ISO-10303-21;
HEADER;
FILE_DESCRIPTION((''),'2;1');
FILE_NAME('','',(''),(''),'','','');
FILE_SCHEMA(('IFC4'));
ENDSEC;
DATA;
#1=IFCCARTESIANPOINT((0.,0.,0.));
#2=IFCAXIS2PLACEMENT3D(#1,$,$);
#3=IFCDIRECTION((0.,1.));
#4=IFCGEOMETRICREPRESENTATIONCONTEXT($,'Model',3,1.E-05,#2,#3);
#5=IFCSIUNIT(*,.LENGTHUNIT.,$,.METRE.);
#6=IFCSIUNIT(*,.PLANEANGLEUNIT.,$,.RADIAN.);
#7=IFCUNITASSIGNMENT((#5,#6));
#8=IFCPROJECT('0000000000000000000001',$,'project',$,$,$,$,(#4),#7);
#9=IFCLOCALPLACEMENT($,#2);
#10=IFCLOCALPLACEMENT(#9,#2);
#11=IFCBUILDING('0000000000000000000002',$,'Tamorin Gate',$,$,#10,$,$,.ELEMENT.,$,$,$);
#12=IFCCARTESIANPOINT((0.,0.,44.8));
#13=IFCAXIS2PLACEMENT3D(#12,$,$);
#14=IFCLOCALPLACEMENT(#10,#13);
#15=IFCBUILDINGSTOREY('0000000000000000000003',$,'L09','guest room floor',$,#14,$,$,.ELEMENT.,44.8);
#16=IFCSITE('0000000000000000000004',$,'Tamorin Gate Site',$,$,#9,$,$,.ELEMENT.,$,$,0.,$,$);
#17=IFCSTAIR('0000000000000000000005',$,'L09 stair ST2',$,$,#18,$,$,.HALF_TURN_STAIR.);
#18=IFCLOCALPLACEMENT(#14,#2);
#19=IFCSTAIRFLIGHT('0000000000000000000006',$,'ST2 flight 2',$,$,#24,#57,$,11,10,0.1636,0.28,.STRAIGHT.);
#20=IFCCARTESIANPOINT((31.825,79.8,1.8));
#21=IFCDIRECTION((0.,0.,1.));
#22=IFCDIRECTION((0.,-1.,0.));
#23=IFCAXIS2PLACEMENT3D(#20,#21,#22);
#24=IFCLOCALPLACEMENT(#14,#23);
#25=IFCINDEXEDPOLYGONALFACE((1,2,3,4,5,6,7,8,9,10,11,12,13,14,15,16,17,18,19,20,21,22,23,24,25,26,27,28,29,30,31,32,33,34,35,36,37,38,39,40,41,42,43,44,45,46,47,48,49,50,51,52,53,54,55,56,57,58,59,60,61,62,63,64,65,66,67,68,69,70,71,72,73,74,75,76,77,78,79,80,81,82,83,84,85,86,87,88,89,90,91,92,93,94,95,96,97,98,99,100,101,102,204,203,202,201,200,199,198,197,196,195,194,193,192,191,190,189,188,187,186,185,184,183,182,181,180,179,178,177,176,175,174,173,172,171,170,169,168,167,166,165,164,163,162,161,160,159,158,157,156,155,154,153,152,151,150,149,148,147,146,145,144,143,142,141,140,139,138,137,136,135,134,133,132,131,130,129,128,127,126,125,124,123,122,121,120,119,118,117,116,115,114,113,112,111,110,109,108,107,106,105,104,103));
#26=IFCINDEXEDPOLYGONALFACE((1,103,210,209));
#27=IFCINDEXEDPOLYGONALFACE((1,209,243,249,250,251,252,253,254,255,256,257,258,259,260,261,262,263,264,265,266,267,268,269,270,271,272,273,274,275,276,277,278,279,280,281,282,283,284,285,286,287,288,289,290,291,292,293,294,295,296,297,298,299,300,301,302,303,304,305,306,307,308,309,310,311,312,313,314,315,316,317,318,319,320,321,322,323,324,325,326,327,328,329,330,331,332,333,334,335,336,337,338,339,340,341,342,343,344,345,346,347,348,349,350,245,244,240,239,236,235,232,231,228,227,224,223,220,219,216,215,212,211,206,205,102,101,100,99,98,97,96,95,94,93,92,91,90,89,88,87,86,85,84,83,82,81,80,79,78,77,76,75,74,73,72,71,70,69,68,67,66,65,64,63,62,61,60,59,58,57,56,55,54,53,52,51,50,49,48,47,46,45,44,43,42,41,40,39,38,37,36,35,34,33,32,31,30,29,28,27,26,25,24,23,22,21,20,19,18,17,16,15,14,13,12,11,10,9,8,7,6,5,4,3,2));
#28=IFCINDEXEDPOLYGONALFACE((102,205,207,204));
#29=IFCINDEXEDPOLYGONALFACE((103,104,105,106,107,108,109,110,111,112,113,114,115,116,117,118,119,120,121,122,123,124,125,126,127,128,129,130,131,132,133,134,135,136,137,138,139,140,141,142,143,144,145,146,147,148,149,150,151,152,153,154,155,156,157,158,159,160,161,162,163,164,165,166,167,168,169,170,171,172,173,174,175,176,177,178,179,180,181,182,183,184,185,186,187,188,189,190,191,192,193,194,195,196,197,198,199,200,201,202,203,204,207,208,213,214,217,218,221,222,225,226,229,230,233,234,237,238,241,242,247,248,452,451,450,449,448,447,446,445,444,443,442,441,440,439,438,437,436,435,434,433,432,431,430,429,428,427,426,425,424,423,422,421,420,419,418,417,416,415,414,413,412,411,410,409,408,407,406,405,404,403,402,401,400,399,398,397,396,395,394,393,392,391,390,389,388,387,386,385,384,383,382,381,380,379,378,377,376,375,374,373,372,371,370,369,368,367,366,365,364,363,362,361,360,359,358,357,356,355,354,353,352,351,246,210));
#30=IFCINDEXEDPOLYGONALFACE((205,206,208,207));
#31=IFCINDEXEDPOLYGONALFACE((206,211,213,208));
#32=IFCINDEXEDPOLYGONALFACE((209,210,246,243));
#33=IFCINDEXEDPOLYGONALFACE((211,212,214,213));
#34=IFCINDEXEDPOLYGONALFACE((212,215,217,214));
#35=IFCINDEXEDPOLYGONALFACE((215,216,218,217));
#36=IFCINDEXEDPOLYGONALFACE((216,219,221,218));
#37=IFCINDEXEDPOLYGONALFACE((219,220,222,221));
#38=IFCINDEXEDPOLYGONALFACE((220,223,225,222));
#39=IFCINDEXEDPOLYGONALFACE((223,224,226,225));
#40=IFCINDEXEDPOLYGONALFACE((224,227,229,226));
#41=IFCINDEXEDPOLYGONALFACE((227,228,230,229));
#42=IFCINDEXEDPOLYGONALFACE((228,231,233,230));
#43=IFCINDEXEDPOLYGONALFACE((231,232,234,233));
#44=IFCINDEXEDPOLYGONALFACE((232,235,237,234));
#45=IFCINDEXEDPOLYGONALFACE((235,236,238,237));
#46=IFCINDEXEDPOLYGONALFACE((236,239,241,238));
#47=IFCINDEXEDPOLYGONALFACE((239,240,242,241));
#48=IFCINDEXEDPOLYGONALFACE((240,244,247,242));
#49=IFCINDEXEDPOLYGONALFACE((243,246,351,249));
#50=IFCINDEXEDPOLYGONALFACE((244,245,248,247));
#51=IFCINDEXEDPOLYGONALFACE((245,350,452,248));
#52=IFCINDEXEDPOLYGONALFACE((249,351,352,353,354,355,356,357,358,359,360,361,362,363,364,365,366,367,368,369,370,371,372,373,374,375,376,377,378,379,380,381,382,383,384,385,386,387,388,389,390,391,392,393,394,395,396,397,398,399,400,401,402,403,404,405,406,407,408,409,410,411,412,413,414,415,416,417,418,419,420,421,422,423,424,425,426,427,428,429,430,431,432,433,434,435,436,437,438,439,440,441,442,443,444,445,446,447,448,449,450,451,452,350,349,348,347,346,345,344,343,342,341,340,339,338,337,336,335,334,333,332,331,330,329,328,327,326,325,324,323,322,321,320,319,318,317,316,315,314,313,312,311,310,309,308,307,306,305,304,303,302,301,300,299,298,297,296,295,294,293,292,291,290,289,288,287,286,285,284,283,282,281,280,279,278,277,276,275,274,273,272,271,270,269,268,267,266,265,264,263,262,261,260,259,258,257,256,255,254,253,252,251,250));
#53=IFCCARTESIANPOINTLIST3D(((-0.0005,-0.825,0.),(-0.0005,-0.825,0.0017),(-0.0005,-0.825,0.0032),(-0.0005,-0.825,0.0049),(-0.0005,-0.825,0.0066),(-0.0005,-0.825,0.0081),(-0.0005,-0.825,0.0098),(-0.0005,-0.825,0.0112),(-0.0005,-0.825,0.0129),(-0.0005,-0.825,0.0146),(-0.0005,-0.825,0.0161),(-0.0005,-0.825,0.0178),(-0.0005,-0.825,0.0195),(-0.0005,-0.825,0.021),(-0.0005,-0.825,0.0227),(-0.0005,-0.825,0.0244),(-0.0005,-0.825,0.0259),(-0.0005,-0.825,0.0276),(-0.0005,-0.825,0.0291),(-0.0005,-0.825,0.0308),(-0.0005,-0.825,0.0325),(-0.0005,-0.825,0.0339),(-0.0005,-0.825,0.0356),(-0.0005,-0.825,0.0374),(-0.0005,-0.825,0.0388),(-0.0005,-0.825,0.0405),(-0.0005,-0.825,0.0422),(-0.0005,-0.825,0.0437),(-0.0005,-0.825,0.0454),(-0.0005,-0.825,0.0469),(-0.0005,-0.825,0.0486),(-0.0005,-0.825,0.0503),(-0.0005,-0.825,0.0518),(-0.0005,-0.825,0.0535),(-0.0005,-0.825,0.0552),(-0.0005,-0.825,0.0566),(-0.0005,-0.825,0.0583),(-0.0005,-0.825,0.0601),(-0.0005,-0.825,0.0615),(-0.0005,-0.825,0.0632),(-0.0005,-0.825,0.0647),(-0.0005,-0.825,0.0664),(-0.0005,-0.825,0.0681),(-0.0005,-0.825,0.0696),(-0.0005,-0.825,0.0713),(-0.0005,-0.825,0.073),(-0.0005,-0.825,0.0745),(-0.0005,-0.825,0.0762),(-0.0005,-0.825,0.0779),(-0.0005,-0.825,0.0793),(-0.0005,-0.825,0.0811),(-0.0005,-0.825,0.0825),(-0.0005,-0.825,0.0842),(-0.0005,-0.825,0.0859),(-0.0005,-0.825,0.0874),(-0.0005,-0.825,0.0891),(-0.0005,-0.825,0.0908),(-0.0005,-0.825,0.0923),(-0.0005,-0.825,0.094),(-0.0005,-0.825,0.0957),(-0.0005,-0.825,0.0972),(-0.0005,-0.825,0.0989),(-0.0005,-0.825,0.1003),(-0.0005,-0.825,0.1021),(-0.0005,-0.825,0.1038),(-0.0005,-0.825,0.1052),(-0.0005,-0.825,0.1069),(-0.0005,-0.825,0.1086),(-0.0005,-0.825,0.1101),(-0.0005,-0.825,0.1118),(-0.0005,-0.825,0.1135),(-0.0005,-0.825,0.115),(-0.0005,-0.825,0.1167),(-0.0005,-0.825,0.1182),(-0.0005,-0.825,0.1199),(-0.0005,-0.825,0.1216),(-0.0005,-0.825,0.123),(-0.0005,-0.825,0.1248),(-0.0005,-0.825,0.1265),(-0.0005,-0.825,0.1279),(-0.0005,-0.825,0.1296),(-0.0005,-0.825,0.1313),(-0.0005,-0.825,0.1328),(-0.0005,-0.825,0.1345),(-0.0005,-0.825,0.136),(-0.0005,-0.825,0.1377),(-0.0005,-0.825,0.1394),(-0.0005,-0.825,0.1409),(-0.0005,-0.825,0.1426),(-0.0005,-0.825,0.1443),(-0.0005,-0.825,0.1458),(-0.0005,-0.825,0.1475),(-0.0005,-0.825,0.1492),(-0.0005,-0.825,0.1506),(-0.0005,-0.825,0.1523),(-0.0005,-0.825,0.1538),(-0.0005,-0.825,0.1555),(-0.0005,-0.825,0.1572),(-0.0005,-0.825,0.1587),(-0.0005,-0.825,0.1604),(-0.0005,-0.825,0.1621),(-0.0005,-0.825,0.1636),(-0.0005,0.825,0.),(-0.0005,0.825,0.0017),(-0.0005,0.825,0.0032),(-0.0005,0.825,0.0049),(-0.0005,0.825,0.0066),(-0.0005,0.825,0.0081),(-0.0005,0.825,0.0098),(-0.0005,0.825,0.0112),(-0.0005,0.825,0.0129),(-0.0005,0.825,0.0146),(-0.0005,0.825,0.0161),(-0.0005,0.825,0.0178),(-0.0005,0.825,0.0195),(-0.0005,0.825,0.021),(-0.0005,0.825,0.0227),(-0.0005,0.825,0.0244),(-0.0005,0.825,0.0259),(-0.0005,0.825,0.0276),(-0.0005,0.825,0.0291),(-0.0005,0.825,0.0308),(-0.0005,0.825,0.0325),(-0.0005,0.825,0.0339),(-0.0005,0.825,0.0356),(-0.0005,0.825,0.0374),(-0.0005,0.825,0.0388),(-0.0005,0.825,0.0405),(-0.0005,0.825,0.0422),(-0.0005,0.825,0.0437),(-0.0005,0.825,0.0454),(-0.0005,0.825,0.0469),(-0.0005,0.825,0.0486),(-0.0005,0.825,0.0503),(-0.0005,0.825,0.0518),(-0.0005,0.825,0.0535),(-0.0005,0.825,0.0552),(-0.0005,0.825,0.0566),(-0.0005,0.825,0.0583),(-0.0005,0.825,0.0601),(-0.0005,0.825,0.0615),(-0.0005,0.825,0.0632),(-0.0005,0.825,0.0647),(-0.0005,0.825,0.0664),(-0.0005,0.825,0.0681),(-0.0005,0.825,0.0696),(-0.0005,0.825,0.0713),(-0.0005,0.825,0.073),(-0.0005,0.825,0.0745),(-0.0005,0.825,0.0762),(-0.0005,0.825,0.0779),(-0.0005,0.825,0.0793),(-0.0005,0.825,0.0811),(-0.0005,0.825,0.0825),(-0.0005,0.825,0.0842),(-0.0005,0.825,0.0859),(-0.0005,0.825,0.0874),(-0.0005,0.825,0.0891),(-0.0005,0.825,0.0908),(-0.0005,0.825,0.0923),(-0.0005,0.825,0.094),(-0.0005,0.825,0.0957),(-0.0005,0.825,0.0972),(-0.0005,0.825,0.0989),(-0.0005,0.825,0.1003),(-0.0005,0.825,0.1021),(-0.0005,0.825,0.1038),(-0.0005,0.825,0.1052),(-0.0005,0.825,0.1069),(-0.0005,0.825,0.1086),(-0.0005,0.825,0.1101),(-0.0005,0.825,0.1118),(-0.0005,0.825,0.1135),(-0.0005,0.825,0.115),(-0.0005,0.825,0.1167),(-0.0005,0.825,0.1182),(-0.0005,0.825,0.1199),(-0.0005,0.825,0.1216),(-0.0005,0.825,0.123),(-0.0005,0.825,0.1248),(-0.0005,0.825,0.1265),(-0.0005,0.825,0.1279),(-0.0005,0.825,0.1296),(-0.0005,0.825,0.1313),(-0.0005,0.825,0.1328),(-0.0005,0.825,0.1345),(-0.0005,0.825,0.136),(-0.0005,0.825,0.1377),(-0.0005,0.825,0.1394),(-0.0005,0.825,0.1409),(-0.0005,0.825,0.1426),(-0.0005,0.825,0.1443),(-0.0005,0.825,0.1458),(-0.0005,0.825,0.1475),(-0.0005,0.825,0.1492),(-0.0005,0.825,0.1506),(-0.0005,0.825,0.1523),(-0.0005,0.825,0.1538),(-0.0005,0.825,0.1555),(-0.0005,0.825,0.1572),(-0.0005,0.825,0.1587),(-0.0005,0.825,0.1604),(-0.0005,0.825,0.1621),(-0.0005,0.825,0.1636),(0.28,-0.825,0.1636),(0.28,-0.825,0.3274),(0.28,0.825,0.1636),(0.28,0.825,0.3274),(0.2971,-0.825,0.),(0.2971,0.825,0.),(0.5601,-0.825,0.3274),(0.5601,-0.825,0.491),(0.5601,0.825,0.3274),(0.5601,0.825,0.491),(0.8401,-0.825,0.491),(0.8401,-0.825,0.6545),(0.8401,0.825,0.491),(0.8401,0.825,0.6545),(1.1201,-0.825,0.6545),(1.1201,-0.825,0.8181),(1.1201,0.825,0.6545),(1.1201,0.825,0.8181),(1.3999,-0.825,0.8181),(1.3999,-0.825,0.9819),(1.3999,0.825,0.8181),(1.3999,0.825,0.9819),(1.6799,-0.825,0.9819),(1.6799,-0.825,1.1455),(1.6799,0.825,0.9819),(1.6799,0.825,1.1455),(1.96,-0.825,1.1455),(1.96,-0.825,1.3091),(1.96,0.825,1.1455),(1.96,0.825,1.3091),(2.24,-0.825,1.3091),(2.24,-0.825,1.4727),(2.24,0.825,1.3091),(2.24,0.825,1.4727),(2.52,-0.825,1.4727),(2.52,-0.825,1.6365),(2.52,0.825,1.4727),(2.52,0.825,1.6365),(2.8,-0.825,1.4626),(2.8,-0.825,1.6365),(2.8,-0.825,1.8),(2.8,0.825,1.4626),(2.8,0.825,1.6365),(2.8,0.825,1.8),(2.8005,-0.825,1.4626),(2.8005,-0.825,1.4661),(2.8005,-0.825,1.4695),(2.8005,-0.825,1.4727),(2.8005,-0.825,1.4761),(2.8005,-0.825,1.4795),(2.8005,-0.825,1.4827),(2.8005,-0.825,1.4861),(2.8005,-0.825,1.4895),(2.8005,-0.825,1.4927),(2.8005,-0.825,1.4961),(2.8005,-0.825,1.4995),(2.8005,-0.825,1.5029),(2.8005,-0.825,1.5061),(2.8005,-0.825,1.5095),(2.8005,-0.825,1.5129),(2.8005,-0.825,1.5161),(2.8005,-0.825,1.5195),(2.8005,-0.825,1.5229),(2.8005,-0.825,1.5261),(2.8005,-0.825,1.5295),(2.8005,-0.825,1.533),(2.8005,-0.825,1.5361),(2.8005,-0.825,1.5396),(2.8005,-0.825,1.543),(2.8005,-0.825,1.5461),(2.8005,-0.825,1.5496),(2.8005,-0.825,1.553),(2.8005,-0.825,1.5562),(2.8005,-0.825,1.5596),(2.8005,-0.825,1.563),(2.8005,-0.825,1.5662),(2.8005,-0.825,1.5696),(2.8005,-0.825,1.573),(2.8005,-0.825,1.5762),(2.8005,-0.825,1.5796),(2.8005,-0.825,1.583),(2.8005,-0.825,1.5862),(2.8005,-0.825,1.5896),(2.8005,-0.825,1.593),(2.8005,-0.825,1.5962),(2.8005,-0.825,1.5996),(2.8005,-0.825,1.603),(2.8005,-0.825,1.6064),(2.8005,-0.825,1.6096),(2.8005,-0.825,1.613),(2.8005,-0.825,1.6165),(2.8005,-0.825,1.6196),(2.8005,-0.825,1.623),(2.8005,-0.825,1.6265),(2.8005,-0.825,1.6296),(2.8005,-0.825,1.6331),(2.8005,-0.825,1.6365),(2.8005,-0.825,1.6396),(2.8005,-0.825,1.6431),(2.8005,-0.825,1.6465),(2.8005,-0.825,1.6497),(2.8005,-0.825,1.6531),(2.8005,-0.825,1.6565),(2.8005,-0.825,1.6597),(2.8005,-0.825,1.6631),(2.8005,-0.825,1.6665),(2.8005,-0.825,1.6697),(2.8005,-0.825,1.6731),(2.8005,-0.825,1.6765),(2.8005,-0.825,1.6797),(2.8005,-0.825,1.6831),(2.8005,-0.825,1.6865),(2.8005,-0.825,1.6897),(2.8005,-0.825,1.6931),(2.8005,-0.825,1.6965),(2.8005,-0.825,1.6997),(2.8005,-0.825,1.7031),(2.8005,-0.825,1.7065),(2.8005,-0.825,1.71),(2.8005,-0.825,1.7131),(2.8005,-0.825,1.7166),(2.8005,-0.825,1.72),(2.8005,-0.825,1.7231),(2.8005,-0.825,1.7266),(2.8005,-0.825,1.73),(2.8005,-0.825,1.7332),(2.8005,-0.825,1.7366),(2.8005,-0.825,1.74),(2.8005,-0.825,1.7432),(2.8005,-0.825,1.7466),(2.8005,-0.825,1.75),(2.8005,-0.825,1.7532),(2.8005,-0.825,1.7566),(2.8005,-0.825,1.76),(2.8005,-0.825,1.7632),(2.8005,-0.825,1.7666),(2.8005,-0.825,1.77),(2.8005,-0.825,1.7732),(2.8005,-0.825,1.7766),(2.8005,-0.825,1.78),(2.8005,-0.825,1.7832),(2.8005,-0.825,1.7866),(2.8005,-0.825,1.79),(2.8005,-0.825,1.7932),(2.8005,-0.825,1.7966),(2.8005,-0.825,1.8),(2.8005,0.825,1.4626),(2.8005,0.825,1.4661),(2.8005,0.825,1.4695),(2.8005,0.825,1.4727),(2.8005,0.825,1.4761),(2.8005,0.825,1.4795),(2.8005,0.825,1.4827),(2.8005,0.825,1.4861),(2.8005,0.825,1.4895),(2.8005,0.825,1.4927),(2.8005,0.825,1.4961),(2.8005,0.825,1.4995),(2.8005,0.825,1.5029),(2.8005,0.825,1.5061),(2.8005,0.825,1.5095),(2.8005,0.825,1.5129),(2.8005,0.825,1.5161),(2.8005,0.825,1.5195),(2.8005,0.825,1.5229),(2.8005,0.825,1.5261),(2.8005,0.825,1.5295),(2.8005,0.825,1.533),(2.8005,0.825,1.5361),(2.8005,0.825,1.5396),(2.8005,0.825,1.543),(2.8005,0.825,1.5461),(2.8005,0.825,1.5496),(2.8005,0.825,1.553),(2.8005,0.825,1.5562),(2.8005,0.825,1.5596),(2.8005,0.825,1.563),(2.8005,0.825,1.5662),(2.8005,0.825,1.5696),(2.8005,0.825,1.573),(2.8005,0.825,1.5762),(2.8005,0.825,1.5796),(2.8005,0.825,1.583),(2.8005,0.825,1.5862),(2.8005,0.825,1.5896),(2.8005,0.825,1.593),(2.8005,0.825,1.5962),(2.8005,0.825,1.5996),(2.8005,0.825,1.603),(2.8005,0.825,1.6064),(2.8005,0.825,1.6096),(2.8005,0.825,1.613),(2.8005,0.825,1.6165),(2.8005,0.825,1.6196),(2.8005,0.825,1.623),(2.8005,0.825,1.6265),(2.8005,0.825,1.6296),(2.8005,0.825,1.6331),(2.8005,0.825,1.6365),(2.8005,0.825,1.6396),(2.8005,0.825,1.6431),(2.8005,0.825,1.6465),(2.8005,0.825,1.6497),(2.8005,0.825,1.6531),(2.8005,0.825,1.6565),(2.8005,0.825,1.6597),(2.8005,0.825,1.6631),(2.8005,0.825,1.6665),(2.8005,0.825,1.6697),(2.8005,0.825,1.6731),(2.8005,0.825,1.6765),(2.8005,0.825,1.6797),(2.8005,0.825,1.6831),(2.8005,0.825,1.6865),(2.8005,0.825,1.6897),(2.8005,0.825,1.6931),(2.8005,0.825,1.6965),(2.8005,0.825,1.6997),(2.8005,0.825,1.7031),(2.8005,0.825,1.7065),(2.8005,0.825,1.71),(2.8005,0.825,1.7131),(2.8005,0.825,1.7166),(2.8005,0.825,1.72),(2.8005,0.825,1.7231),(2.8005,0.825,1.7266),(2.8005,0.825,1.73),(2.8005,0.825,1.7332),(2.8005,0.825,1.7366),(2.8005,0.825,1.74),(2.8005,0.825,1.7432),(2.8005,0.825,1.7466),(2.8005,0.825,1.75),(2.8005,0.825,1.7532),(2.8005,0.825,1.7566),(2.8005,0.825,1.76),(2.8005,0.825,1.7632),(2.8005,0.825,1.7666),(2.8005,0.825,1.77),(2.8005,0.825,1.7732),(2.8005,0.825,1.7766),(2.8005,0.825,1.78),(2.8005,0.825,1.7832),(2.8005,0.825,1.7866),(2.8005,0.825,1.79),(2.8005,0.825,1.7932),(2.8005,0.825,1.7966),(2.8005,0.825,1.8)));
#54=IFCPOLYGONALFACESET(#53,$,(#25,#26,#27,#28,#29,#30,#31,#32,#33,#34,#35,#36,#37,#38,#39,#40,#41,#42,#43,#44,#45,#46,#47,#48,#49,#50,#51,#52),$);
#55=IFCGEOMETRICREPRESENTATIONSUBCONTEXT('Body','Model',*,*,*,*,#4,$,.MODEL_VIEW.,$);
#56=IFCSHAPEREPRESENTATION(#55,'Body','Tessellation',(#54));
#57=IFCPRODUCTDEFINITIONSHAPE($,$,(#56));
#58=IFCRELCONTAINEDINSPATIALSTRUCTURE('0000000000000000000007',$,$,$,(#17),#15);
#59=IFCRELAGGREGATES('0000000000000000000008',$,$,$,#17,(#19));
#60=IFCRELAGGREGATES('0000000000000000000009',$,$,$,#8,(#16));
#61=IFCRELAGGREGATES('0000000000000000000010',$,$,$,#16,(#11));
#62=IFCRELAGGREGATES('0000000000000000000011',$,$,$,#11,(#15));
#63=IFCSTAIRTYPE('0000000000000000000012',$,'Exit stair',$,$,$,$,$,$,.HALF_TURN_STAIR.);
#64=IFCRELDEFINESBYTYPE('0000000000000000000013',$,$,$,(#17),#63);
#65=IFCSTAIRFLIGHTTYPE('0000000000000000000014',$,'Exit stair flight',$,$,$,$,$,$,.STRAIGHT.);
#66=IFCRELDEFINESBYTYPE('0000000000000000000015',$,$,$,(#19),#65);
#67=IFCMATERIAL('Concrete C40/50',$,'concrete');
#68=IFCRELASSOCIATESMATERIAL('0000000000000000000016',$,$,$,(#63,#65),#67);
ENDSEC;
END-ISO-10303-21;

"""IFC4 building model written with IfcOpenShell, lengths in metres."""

from ifc_helpers import new_model, si_unit, direction, frame, origin, place, context, subcontext, project, spatial, polyline, outline, extrude, material, type_object, element, aggregate, save


model = new_model("IFC4")

# Units and contexts
model_context = context("Model", 3, precision=1e-05, world=origin(), true_north=direction((0.0, 1.0)))
body_context = subcontext(model_context, "Body", "Model", "MODEL_VIEW")
ifc_project = project(units=[si_unit("LENGTHUNIT", "METRE"), si_unit("PLANEANGLEUNIT", "RADIAN")], contexts=[model_context])

# Site, building, storey
site_placement = place(None, origin())
site = spatial("IfcSite", under=ifc_project, at=site_placement, Name="Tamorin Gate Site", CompositionType="ELEMENT", RefElevation=0.0)
building_placement = place(site_placement, origin())
building = spatial("IfcBuilding", under=site, at=building_placement, Name="Tamorin Gate", CompositionType="ELEMENT")
storey_placement = place(building_placement, frame((0.0, 0.0, 44.8)))
storey = spatial("IfcBuildingStorey", under=building, at=storey_placement, Name="L09", Description="guest room floor", CompositionType="ELEMENT", Elevation=44.8)

# Shared definitions
ifc_material_1 = material(Name="Concrete C40/50", Category="concrete")

# Stair, stair flight
stair_type = type_object("IfcStairType", Name="Exit stair", PredefinedType="HALF_TURN_STAIR", material=ifc_material_1)
stair_placement = place(storey_placement, origin())
stair = element("IfcStair", 1, at=stair_placement, inside=storey, type_object=stair_type, Name="L09 stair ST2", PredefinedType="HALF_TURN_STAIR")
stair_flight_type = type_object("IfcStairFlightType", Name="Exit stair flight", PredefinedType="STRAIGHT", material=ifc_material_1)
stair_flight_1_placement = place(storey_placement, frame((31.825, 79.8, 1.8), z_axis=(0.0, 0.0, 1.0), x_axis=(0.0, -1.0, 0.0)))
stair_flight_1 = element("IfcStairFlight", 2, at=stair_flight_1_placement, type_object=stair_flight_type, Name="ST2 flight 2", NumberOfRisers=11, NumberOfTreads=10, PredefinedType="STRAIGHT", RiserHeight=0.1636, TreadLength=0.28, context=body_context, shape_type="SweptSolid", body=[
    extrude(outline(polyline([(-0.0005, 0.0), (-0.0005, 0.0017), (-0.0005, 0.0032), (-0.0005, 0.0049), (-0.0005, 0.0066), (-0.0005, 0.0081), (-0.0005, 0.0098), (-0.0005, 0.0112), (-0.0005, 0.0129), (-0.0005, 0.0146), (-0.0005, 0.0161), (-0.0005, 0.0178), (-0.0005, 0.0195), (-0.0005, 0.021), (-0.0005, 0.0227), (-0.0005, 0.0244), (-0.0005, 0.0259), (-0.0005, 0.0276), (-0.0005, 0.0291), (-0.0005, 0.0308), (-0.0005, 0.0325), (-0.0005, 0.0339), (-0.0005, 0.0356), (-0.0005, 0.0374), (-0.0005, 0.0388), (-0.0005, 0.0405), (-0.0005, 0.0422), (-0.0005, 0.0437), (-0.0005, 0.0454), (-0.0005, 0.0469), (-0.0005, 0.0486), (-0.0005, 0.0503), (-0.0005, 0.0518), (-0.0005, 0.0535), (-0.0005, 0.0552), (-0.0005, 0.0566), (-0.0005, 0.0583), (-0.0005, 0.0601), (-0.0005, 0.0615), (-0.0005, 0.0632), (-0.0005, 0.0647), (-0.0005, 0.0664), (-0.0005, 0.0681), (-0.0005, 0.0696), (-0.0005, 0.0713), (-0.0005, 0.073), (-0.0005, 0.0745), (-0.0005, 0.0762), (-0.0005, 0.0779), (-0.0005, 0.0793), (-0.0005, 0.0811), (-0.0005, 0.0825), (-0.0005, 0.0842), (-0.0005, 0.0859), (-0.0005, 0.0874), (-0.0005, 0.0891), (-0.0005, 0.0908), (-0.0005, 0.0923), (-0.0005, 0.094), (-0.0005, 0.0957), (-0.0005, 0.0972), (-0.0005, 0.0989), (-0.0005, 0.1003), (-0.0005, 0.1021), (-0.0005, 0.1038), (-0.0005, 0.1052), (-0.0005, 0.1069), (-0.0005, 0.1086), (-0.0005, 0.1101), (-0.0005, 0.1118), (-0.0005, 0.1135), (-0.0005, 0.115), (-0.0005, 0.1167), (-0.0005, 0.1182), (-0.0005, 0.1199), (-0.0005, 0.1216), (-0.0005, 0.123), (-0.0005, 0.1248), (-0.0005, 0.1265), (-0.0005, 0.1279), (-0.0005, 0.1296), (-0.0005, 0.1313), (-0.0005, 0.1328), (-0.0005, 0.1345), (-0.0005, 0.136), (-0.0005, 0.1377), (-0.0005, 0.1394), (-0.0005, 0.1409), (-0.0005, 0.1426), (-0.0005, 0.1443), (-0.0005, 0.1458), (-0.0005, 0.1475), (-0.0005, 0.1492), (-0.0005, 0.1506), (-0.0005, 0.1523), (-0.0005, 0.1538), (-0.0005, 0.1555), (-0.0005, 0.1572), (-0.0005, 0.1587), (-0.0005, 0.1604), (-0.0005, 0.1621), (-0.0005, 0.1636), (0.28, 0.1636), (0.28, 0.3274), (0.5601, 0.3274), (0.5601, 0.491), (0.8401, 0.491), (0.8401, 0.6545), (1.1201, 0.6545), (1.1201, 0.8181), (1.3999, 0.8181), (1.3999, 0.9819), (1.6799, 0.9819), (1.6799, 1.1455), (1.96, 1.1455), (1.96, 1.3091), (2.24, 1.3091), (2.24, 1.4727), (2.52, 1.4727), (2.52, 1.6365), (2.8, 1.6365), (2.8, 1.8), (2.8005, 1.8), (2.8005, 1.7966), (2.8005, 1.7932), (2.8005, 1.79), (2.8005, 1.7866), (2.8005, 1.7832), (2.8005, 1.78), (2.8005, 1.7766), (2.8005, 1.7732), (2.8005, 1.77), (2.8005, 1.7666), (2.8005, 1.7632), (2.8005, 1.76), (2.8005, 1.7566), (2.8005, 1.7532), (2.8005, 1.75), (2.8005, 1.7466), (2.8005, 1.7432), (2.8005, 1.74), (2.8005, 1.7366), (2.8005, 1.7332), (2.8005, 1.73), (2.8005, 1.7266), (2.8005, 1.7231), (2.8005, 1.72), (2.8005, 1.7166), (2.8005, 1.7131), (2.8005, 1.71), (2.8005, 1.7065), (2.8005, 1.7031), (2.8005, 1.6997), (2.8005, 1.6965), (2.8005, 1.6931), (2.8005, 1.6897), (2.8005, 1.6865), (2.8005, 1.6831), (2.8005, 1.6797), (2.8005, 1.6765), (2.8005, 1.6731), (2.8005, 1.6697), (2.8005, 1.6665), (2.8005, 1.6631), (2.8005, 1.6597), (2.8005, 1.6565), (2.8005, 1.6531), (2.8005, 1.6497), (2.8005, 1.6465), (2.8005, 1.6431), (2.8005, 1.6396), (2.8005, 1.6365), (2.8005, 1.6331), (2.8005, 1.6296), (2.8005, 1.6265), (2.8005, 1.623), (2.8005, 1.6196), (2.8005, 1.6165), (2.8005, 1.613), (2.8005, 1.6096), (2.8005, 1.6064), (2.8005, 1.603), (2.8005, 1.5996), (2.8005, 1.5962), (2.8005, 1.593), (2.8005, 1.5896), (2.8005, 1.5862), (2.8005, 1.583), (2.8005, 1.5796), (2.8005, 1.5762), (2.8005, 1.573), (2.8005, 1.5696), (2.8005, 1.5662), (2.8005, 1.563), (2.8005, 1.5596), (2.8005, 1.5562), (2.8005, 1.553), (2.8005, 1.5496), (2.8005, 1.5461), (2.8005, 1.543), (2.8005, 1.5396), (2.8005, 1.5361), (2.8005, 1.533), (2.8005, 1.5295), (2.8005, 1.5261), (2.8005, 1.5229), (2.8005, 1.5195), (2.8005, 1.5161), (2.8005, 1.5129), (2.8005, 1.5095), (2.8005, 1.5061), (2.8005, 1.5029), (2.8005, 1.4995), (2.8005, 1.4961), (2.8005, 1.4927), (2.8005, 1.4895), (2.8005, 1.4861), (2.8005, 1.4827), (2.8005, 1.4795), (2.8005, 1.4761), (2.8005, 1.4727), (2.8005, 1.4695), (2.8005, 1.4661), (2.8005, 1.4626), (2.8, 1.4626), (0.2971, 0.0), (-0.0005, 0.0)])), frame((0.0, 0.825, 0.0), z_axis=(0.0, -1.0, 0.0), x_axis=(1.0, 0.0, 0.0)), (0.0, 0.0, 1.0), 1.6499),
])
aggregate(stair, [stair_flight_1])

save(model, "model.ifc")
